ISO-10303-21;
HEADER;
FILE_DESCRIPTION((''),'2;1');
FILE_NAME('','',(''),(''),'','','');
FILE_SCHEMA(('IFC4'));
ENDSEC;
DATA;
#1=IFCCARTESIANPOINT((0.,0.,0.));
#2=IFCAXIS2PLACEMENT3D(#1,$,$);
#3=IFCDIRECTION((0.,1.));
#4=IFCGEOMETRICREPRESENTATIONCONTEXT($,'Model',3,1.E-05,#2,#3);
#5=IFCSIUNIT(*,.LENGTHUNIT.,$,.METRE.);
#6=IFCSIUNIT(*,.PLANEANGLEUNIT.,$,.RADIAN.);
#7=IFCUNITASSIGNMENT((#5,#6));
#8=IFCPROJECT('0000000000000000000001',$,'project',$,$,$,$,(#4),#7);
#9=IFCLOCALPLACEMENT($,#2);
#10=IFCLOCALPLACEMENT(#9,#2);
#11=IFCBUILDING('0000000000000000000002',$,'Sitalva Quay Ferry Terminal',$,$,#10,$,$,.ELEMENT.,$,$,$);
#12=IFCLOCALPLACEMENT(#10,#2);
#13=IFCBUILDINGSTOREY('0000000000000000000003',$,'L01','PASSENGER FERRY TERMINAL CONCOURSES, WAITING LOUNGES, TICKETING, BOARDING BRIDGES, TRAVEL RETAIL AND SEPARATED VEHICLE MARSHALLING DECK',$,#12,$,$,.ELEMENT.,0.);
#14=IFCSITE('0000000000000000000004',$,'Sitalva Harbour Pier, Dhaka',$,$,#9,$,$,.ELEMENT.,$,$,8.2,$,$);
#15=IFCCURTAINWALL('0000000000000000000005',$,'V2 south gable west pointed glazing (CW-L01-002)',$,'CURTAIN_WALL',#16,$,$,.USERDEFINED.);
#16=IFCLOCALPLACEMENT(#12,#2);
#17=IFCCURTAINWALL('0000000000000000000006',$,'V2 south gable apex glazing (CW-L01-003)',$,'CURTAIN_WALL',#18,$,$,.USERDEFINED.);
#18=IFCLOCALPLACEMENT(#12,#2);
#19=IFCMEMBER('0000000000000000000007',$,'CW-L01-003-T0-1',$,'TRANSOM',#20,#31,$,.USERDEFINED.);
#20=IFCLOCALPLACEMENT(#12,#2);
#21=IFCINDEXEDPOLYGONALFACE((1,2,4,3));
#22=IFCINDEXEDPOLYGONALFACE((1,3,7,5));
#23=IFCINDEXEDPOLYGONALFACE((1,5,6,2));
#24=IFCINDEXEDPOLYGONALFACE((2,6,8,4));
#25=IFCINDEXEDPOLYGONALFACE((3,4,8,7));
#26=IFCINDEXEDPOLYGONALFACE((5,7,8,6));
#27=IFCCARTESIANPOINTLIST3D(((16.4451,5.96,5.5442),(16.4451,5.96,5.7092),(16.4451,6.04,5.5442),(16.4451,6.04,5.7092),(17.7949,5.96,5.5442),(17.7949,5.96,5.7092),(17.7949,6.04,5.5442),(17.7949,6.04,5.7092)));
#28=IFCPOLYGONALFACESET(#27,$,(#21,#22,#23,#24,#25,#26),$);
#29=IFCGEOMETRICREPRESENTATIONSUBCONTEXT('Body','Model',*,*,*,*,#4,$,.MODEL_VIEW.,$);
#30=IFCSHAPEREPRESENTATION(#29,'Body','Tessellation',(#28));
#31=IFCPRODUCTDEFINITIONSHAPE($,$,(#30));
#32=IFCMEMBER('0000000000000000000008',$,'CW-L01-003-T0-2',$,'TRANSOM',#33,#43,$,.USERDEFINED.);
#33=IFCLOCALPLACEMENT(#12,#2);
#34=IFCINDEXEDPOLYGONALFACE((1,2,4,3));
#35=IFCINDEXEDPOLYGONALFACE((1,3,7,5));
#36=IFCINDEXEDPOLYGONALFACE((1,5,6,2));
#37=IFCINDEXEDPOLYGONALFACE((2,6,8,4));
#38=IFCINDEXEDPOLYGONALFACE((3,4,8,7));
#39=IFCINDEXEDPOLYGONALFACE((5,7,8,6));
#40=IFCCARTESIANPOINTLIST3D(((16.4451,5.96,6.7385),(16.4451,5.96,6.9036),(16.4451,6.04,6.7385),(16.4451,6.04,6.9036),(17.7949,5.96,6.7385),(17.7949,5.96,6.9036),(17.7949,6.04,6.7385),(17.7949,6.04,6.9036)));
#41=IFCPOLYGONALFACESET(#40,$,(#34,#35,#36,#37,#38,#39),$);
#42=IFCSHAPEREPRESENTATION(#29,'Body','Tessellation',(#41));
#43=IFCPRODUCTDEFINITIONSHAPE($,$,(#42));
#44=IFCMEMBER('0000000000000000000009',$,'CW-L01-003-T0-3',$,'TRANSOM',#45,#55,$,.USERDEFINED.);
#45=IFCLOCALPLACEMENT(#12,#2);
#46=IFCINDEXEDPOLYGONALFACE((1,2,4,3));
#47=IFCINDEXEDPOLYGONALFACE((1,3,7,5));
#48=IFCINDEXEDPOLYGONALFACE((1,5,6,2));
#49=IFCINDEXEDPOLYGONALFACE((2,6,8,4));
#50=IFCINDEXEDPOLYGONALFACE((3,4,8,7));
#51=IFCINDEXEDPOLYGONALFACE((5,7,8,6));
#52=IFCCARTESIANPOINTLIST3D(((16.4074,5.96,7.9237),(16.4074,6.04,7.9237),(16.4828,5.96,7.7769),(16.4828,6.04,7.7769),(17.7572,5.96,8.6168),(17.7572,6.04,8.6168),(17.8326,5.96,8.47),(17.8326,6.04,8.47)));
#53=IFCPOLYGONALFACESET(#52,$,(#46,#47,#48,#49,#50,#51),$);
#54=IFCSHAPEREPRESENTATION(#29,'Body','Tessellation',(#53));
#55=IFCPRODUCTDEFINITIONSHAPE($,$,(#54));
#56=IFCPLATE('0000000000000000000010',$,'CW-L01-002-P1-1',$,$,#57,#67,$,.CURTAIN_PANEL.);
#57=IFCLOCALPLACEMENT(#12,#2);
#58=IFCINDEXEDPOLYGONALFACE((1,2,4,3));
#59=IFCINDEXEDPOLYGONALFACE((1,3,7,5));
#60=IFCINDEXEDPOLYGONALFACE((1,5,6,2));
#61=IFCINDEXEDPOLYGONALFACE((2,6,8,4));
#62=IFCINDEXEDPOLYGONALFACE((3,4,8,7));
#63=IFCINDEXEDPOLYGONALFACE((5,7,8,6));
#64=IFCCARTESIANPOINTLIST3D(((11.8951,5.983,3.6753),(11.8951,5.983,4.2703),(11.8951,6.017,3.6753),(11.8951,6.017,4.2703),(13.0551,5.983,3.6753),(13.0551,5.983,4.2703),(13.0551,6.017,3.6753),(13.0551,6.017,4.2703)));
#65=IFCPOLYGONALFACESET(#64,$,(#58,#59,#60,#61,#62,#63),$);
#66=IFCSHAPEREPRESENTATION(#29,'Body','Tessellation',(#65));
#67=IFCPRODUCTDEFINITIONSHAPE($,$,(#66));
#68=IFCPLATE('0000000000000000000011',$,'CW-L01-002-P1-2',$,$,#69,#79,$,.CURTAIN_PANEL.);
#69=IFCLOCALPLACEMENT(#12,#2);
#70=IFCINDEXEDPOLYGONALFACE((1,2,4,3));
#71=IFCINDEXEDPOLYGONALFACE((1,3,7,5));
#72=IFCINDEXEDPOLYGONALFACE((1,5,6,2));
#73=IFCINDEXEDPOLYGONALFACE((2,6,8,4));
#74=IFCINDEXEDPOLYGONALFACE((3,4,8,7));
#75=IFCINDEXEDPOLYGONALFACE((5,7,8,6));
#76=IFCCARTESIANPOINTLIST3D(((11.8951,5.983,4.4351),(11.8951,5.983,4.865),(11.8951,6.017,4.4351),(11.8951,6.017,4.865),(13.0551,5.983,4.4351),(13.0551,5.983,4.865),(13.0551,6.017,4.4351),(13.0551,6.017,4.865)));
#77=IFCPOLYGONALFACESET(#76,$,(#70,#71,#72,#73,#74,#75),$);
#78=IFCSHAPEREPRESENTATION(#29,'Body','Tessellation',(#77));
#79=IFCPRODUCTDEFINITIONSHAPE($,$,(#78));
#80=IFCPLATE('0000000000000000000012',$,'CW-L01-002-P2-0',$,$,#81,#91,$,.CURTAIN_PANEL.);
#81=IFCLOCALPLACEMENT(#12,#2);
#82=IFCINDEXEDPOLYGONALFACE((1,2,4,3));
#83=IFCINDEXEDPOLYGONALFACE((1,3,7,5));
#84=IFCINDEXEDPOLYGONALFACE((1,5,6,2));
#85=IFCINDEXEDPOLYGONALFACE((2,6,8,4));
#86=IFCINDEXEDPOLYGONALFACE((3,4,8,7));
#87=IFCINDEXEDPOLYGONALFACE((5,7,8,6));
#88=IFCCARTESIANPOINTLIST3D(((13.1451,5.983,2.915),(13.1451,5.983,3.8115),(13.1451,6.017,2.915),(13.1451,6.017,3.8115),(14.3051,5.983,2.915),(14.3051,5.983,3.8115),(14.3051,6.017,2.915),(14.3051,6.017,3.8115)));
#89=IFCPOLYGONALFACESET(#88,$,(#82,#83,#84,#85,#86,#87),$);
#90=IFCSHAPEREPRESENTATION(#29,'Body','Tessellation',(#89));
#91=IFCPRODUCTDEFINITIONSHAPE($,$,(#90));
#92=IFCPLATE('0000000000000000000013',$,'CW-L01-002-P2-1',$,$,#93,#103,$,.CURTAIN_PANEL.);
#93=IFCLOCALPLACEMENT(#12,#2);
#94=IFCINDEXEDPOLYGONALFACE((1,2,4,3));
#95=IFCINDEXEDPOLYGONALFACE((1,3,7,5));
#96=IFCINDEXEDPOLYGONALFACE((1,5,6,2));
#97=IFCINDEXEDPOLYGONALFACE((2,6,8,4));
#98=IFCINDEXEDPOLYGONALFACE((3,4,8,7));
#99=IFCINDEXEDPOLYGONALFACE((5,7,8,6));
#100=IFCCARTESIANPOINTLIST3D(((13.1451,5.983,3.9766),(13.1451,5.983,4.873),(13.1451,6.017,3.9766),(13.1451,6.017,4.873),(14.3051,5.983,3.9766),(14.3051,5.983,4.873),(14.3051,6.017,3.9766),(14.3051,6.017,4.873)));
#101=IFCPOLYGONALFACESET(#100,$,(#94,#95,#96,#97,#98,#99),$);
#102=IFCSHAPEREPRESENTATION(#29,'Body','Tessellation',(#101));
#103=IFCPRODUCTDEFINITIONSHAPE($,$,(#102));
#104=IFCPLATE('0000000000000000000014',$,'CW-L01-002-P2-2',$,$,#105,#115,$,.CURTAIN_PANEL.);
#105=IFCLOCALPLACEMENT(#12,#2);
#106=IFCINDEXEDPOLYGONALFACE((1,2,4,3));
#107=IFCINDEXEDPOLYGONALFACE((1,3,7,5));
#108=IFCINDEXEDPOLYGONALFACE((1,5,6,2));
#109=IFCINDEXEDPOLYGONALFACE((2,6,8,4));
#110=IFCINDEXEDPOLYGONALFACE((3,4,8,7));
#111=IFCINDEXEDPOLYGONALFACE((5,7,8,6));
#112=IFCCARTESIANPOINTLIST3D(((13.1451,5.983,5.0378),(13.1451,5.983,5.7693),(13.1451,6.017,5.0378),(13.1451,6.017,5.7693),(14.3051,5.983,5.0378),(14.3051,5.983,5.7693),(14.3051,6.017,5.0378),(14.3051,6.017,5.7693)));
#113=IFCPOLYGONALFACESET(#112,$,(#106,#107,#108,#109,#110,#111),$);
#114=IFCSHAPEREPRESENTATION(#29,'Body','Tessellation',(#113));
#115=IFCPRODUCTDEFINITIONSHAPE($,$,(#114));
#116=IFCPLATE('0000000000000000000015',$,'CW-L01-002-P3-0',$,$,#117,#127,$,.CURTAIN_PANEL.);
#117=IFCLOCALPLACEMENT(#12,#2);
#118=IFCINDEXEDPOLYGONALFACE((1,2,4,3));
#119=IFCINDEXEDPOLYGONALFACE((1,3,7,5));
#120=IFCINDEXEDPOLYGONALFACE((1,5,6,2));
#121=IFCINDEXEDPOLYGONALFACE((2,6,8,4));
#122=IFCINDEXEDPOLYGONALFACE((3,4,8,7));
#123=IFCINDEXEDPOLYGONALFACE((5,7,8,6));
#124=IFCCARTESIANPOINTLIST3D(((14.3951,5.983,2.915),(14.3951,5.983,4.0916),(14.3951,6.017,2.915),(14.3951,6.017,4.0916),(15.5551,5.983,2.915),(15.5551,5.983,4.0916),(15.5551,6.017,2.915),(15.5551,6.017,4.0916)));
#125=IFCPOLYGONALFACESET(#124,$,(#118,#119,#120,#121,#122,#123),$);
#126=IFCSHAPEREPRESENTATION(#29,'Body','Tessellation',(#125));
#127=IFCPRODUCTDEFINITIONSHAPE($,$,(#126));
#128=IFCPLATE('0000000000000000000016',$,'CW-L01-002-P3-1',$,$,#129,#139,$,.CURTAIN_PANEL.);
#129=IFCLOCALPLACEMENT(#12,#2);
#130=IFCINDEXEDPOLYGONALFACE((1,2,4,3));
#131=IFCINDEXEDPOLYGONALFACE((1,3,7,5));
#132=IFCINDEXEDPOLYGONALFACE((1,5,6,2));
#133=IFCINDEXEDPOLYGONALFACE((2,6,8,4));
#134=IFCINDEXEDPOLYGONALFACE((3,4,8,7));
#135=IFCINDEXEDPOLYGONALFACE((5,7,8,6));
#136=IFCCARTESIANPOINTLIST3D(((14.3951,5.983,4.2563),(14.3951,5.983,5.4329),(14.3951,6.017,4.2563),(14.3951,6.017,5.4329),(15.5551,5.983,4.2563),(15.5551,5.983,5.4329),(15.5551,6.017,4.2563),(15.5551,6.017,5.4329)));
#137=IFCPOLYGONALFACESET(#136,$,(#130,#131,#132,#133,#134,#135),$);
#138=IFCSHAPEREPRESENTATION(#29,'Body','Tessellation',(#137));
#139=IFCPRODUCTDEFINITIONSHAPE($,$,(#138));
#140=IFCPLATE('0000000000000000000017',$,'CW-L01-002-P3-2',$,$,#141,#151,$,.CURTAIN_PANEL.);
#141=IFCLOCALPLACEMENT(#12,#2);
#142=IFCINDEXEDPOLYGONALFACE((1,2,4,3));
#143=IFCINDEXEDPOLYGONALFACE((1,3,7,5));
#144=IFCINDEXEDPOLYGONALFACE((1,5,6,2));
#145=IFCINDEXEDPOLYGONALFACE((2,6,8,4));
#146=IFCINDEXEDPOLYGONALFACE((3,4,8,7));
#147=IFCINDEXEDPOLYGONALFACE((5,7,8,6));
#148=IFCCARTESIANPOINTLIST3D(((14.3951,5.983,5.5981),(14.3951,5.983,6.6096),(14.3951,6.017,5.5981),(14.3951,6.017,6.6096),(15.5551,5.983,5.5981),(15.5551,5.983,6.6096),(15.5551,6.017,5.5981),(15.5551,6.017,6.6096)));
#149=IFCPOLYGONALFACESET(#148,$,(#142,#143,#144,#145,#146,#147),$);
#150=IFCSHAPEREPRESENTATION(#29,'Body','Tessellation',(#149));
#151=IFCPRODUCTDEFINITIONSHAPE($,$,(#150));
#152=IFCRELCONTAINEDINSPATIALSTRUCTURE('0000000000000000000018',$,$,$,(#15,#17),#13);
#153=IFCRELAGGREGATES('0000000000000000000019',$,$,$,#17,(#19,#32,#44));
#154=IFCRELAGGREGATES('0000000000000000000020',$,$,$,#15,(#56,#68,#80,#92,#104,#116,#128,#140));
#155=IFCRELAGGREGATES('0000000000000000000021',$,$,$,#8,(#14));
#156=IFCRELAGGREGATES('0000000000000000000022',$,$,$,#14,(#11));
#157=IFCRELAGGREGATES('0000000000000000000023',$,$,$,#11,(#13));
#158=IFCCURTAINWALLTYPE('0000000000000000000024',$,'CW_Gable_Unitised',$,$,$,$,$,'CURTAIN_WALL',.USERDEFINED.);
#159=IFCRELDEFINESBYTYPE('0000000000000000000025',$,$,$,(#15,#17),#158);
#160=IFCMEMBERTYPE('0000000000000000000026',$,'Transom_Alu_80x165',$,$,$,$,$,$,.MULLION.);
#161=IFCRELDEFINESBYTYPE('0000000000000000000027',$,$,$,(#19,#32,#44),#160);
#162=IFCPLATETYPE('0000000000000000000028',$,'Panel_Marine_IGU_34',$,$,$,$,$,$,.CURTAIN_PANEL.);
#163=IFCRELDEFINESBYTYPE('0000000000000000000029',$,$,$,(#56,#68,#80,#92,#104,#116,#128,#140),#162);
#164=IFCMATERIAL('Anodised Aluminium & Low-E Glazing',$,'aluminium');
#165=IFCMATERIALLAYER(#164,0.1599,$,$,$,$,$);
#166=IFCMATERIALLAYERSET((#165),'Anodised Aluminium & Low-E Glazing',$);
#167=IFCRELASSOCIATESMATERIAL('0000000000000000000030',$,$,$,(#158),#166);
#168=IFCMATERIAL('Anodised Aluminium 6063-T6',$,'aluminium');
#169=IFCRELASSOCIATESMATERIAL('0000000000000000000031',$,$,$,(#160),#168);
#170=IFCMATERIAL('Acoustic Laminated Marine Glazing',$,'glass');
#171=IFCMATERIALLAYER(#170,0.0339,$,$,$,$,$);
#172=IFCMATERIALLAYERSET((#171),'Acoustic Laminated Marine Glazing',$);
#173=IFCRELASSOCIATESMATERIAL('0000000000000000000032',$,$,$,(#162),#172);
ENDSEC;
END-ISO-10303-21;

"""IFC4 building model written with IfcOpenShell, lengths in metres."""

from ifc_helpers import new_model, si_unit, direction, frame, origin, origin_2d, place, context, subcontext, project, spatial, rectangle, extrude, material, layer, layer_set, material_profile, profile_set, type_object, element, aggregate, save


model = new_model("IFC4")

# Units and contexts
model_context = context("Model", 3, precision=1e-05, world=origin(), true_north=direction((0.0, 1.0)))
body_context = subcontext(model_context, "Body", "Model", "MODEL_VIEW")
ifc_project = project(units=[si_unit("LENGTHUNIT", "METRE"), si_unit("PLANEANGLEUNIT", "RADIAN")], contexts=[model_context])

# Site, building, storey
site_placement = place(None, origin())
site = spatial("IfcSite", under=ifc_project, at=site_placement, Name="Sitalva Harbour Pier, Dhaka", CompositionType="ELEMENT", RefElevation=8.2)
building_placement = place(site_placement, origin())
building = spatial("IfcBuilding", under=site, at=building_placement, Name="Sitalva Quay Ferry Terminal", CompositionType="ELEMENT")
storey_placement = place(building_placement, origin())
storey = spatial("IfcBuildingStorey", under=building, at=storey_placement, Name="L01", Description="PASSENGER FERRY TERMINAL CONCOURSES, WAITING LOUNGES, TICKETING, BOARDING BRIDGES, TRAVEL RETAIL AND SEPARATED VEHICLE MARSHALLING DECK", CompositionType="ELEMENT", Elevation=0.0)

# Curtain walls
ifc_material_1 = material(Name="Anodised Aluminium & Low-E Glazing", Category="aluminium")
ifc_layer_1 = layer(ifc_material_1, 0.1599)
ifc_layer_set_1 = layer_set([ifc_layer_1], Name="Anodised Aluminium & Low-E Glazing")
curtain_wall_type = type_object("IfcCurtainWallType", Name="CW_Gable_Unitised", ElementType="CURTAIN_WALL", PredefinedType="USERDEFINED", material=ifc_layer_set_1)
curtain_wall_1_placement = place(storey_placement, origin())
curtain_wall_1 = element("IfcCurtainWall", 1, at=curtain_wall_1_placement, inside=storey, type_object=curtain_wall_type, Name="V2 south gable west pointed glazing (CW-L01-002)", ObjectType="CURTAIN_WALL", PredefinedType="USERDEFINED")
curtain_wall_2_placement = place(storey_placement, origin())
curtain_wall_2 = element("IfcCurtainWall", 2, at=curtain_wall_2_placement, inside=storey, type_object=curtain_wall_type, Name="V2 south gable apex glazing (CW-L01-003)", ObjectType="CURTAIN_WALL", PredefinedType="USERDEFINED")

# Members
ifc_material_2 = material(Name="Anodised Aluminium 6063-T6", Category="aluminium")
ifc_material_profile_1 = material_profile(ifc_material_2, rectangle(XDim=0.0801, YDim=0.165, at=origin_2d()), Name="ALU80x165")
ifc_profile_set_1 = profile_set([ifc_material_profile_1], Name="Anodised Aluminium 6063-T6")
member_type_1 = type_object("IfcMemberType", Name="Transom_Alu_80x165", PredefinedType="MULLION", material=ifc_profile_set_1)
member_1_placement = place(storey_placement, frame((16.4451, 6.0, 5.6267), z_axis=(1.0, 0.0, 0.0), x_axis=(0.0, 1.0, 0.0)))
member_1 = element("IfcMember", 3, at=member_1_placement, type_object=member_type_1, Name="CW-L01-003-T0-1", ObjectType="TRANSOM", PredefinedType="USERDEFINED", context=body_context, shape_type="SweptSolid", body=[
    extrude(rectangle(XDim=0.0801, YDim=0.165, at=origin_2d()), origin(), (0.0, 0.0, 1.0), 1.3499),
])
member_2_placement = place(storey_placement, frame((16.4451, 6.0, 6.821), z_axis=(1.0, 0.0, 0.0), x_axis=(0.0, 1.0, 0.0)))
member_2 = element("IfcMember", 4, at=member_2_placement, type_object=member_type_1, Name="CW-L01-003-T0-2", ObjectType="TRANSOM", PredefinedType="USERDEFINED", context=body_context, shape_type="SweptSolid", body=[
    extrude(rectangle(XDim=0.0801, YDim=0.165, at=origin_2d()), origin(), (0.0, 0.0, 1.0), 1.3499),
])
member_3_placement = place(storey_placement, frame((16.4451, 6.0, 7.8503), z_axis=(0.889581, 0.0, 0.456777), x_axis=(0.0, 1.0, 0.0)))
member_3 = element("IfcMember", 5, at=member_3_placement, type_object=member_type_1, Name="CW-L01-003-T0-3", ObjectType="TRANSOM", PredefinedType="USERDEFINED", context=body_context, shape_type="SweptSolid", body=[
    extrude(rectangle(XDim=0.0801, YDim=0.165, at=origin_2d()), origin(), (0.0, 0.0, 1.0), 1.5173),
])
aggregate(curtain_wall_2, [member_1, member_2, member_3])

# Plates
ifc_material_3 = material(Name="Acoustic Laminated Marine Glazing", Category="glass")
ifc_layer_2 = layer(ifc_material_3, 0.0339)
ifc_layer_set_2 = layer_set([ifc_layer_2], Name="Acoustic Laminated Marine Glazing")
plate_type = type_object("IfcPlateType", Name="Panel_Marine_IGU_34", PredefinedType="CURTAIN_PANEL", material=ifc_layer_set_2)
plate_1_placement = place(storey_placement, frame((12.4751, 6.0, 3.6753), z_axis=(0.0, 0.0, 1.0), x_axis=(1.0, 0.0, 0.0)))
plate_1 = element("IfcPlate", 6, at=plate_1_placement, type_object=plate_type, Name="CW-L01-002-P1-1", PredefinedType="CURTAIN_PANEL", context=body_context, shape_type="SweptSolid", body=[
    extrude(rectangle(XDim=1.1599, YDim=0.0339, at=origin_2d()), origin(), (0.0, 0.0, 1.0), 0.595),
])
plate_2_placement = place(storey_placement, frame((12.4751, 6.0, 4.4351), z_axis=(0.0, 0.0, 1.0), x_axis=(1.0, 0.0, 0.0)))
plate_2 = element("IfcPlate", 7, at=plate_2_placement, type_object=plate_type, Name="CW-L01-002-P1-2", PredefinedType="CURTAIN_PANEL", context=body_context, shape_type="SweptSolid", body=[
    extrude(rectangle(XDim=1.1599, YDim=0.0339, at=origin_2d()), origin(), (0.0, 0.0, 1.0), 0.4299),
])
plate_3_placement = place(storey_placement, frame((13.7251, 6.0, 2.915), z_axis=(0.0, 0.0, 1.0), x_axis=(1.0, 0.0, 0.0)))
plate_3 = element("IfcPlate", 8, at=plate_3_placement, type_object=plate_type, Name="CW-L01-002-P2-0", PredefinedType="CURTAIN_PANEL", context=body_context, shape_type="SweptSolid", body=[
    extrude(rectangle(XDim=1.1599, YDim=0.0339, at=origin_2d()), origin(), (0.0, 0.0, 1.0), 0.8965),
])
plate_4_placement = place(storey_placement, frame((13.7251, 6.0, 3.9766), z_axis=(0.0, 0.0, 1.0), x_axis=(1.0, 0.0, 0.0)))
plate_4 = element("IfcPlate", 9, at=plate_4_placement, type_object=plate_type, Name="CW-L01-002-P2-1", PredefinedType="CURTAIN_PANEL", context=body_context, shape_type="SweptSolid", body=[
    extrude(rectangle(XDim=1.1599, YDim=0.0339, at=origin_2d()), origin(), (0.0, 0.0, 1.0), 0.8965),
])
plate_5_placement = place(storey_placement, frame((13.7251, 6.0, 5.0378), z_axis=(0.0, 0.0, 1.0), x_axis=(1.0, 0.0, 0.0)))
plate_5 = element("IfcPlate", 10, at=plate_5_placement, type_object=plate_type, Name="CW-L01-002-P2-2", PredefinedType="CURTAIN_PANEL", context=body_context, shape_type="SweptSolid", body=[
    extrude(rectangle(XDim=1.1599, YDim=0.0339, at=origin_2d()), origin(), (0.0, 0.0, 1.0), 0.7314),
])
plate_6_placement = place(storey_placement, frame((14.9751, 6.0, 2.915), z_axis=(0.0, 0.0, 1.0), x_axis=(1.0, 0.0, 0.0)))
plate_6 = element("IfcPlate", 11, at=plate_6_placement, type_object=plate_type, Name="CW-L01-002-P3-0", PredefinedType="CURTAIN_PANEL", context=body_context, shape_type="SweptSolid", body=[
    extrude(rectangle(XDim=1.1599, YDim=0.0339, at=origin_2d()), origin(), (0.0, 0.0, 1.0), 1.1765),
])
plate_7_placement = place(storey_placement, frame((14.9751, 6.0, 4.2563), z_axis=(0.0, 0.0, 1.0), x_axis=(1.0, 0.0, 0.0)))
plate_7 = element("IfcPlate", 12, at=plate_7_placement, type_object=plate_type, Name="CW-L01-002-P3-1", PredefinedType="CURTAIN_PANEL", context=body_context, shape_type="SweptSolid", body=[
    extrude(rectangle(XDim=1.1599, YDim=0.0339, at=origin_2d()), origin(), (0.0, 0.0, 1.0), 1.1765),
])
plate_8_placement = place(storey_placement, frame((14.9751, 6.0, 5.5981), z_axis=(0.0, 0.0, 1.0), x_axis=(1.0, 0.0, 0.0)))
plate_8 = element("IfcPlate", 13, at=plate_8_placement, type_object=plate_type, Name="CW-L01-002-P3-2", PredefinedType="CURTAIN_PANEL", context=body_context, shape_type="SweptSolid", body=[
    extrude(rectangle(XDim=1.1599, YDim=0.0339, at=origin_2d()), origin(), (0.0, 0.0, 1.0), 1.0115),
])
aggregate(curtain_wall_1, [plate_1, plate_2, plate_3, plate_4, plate_5, plate_6, plate_7, plate_8])

save(model, "model.ifc")
